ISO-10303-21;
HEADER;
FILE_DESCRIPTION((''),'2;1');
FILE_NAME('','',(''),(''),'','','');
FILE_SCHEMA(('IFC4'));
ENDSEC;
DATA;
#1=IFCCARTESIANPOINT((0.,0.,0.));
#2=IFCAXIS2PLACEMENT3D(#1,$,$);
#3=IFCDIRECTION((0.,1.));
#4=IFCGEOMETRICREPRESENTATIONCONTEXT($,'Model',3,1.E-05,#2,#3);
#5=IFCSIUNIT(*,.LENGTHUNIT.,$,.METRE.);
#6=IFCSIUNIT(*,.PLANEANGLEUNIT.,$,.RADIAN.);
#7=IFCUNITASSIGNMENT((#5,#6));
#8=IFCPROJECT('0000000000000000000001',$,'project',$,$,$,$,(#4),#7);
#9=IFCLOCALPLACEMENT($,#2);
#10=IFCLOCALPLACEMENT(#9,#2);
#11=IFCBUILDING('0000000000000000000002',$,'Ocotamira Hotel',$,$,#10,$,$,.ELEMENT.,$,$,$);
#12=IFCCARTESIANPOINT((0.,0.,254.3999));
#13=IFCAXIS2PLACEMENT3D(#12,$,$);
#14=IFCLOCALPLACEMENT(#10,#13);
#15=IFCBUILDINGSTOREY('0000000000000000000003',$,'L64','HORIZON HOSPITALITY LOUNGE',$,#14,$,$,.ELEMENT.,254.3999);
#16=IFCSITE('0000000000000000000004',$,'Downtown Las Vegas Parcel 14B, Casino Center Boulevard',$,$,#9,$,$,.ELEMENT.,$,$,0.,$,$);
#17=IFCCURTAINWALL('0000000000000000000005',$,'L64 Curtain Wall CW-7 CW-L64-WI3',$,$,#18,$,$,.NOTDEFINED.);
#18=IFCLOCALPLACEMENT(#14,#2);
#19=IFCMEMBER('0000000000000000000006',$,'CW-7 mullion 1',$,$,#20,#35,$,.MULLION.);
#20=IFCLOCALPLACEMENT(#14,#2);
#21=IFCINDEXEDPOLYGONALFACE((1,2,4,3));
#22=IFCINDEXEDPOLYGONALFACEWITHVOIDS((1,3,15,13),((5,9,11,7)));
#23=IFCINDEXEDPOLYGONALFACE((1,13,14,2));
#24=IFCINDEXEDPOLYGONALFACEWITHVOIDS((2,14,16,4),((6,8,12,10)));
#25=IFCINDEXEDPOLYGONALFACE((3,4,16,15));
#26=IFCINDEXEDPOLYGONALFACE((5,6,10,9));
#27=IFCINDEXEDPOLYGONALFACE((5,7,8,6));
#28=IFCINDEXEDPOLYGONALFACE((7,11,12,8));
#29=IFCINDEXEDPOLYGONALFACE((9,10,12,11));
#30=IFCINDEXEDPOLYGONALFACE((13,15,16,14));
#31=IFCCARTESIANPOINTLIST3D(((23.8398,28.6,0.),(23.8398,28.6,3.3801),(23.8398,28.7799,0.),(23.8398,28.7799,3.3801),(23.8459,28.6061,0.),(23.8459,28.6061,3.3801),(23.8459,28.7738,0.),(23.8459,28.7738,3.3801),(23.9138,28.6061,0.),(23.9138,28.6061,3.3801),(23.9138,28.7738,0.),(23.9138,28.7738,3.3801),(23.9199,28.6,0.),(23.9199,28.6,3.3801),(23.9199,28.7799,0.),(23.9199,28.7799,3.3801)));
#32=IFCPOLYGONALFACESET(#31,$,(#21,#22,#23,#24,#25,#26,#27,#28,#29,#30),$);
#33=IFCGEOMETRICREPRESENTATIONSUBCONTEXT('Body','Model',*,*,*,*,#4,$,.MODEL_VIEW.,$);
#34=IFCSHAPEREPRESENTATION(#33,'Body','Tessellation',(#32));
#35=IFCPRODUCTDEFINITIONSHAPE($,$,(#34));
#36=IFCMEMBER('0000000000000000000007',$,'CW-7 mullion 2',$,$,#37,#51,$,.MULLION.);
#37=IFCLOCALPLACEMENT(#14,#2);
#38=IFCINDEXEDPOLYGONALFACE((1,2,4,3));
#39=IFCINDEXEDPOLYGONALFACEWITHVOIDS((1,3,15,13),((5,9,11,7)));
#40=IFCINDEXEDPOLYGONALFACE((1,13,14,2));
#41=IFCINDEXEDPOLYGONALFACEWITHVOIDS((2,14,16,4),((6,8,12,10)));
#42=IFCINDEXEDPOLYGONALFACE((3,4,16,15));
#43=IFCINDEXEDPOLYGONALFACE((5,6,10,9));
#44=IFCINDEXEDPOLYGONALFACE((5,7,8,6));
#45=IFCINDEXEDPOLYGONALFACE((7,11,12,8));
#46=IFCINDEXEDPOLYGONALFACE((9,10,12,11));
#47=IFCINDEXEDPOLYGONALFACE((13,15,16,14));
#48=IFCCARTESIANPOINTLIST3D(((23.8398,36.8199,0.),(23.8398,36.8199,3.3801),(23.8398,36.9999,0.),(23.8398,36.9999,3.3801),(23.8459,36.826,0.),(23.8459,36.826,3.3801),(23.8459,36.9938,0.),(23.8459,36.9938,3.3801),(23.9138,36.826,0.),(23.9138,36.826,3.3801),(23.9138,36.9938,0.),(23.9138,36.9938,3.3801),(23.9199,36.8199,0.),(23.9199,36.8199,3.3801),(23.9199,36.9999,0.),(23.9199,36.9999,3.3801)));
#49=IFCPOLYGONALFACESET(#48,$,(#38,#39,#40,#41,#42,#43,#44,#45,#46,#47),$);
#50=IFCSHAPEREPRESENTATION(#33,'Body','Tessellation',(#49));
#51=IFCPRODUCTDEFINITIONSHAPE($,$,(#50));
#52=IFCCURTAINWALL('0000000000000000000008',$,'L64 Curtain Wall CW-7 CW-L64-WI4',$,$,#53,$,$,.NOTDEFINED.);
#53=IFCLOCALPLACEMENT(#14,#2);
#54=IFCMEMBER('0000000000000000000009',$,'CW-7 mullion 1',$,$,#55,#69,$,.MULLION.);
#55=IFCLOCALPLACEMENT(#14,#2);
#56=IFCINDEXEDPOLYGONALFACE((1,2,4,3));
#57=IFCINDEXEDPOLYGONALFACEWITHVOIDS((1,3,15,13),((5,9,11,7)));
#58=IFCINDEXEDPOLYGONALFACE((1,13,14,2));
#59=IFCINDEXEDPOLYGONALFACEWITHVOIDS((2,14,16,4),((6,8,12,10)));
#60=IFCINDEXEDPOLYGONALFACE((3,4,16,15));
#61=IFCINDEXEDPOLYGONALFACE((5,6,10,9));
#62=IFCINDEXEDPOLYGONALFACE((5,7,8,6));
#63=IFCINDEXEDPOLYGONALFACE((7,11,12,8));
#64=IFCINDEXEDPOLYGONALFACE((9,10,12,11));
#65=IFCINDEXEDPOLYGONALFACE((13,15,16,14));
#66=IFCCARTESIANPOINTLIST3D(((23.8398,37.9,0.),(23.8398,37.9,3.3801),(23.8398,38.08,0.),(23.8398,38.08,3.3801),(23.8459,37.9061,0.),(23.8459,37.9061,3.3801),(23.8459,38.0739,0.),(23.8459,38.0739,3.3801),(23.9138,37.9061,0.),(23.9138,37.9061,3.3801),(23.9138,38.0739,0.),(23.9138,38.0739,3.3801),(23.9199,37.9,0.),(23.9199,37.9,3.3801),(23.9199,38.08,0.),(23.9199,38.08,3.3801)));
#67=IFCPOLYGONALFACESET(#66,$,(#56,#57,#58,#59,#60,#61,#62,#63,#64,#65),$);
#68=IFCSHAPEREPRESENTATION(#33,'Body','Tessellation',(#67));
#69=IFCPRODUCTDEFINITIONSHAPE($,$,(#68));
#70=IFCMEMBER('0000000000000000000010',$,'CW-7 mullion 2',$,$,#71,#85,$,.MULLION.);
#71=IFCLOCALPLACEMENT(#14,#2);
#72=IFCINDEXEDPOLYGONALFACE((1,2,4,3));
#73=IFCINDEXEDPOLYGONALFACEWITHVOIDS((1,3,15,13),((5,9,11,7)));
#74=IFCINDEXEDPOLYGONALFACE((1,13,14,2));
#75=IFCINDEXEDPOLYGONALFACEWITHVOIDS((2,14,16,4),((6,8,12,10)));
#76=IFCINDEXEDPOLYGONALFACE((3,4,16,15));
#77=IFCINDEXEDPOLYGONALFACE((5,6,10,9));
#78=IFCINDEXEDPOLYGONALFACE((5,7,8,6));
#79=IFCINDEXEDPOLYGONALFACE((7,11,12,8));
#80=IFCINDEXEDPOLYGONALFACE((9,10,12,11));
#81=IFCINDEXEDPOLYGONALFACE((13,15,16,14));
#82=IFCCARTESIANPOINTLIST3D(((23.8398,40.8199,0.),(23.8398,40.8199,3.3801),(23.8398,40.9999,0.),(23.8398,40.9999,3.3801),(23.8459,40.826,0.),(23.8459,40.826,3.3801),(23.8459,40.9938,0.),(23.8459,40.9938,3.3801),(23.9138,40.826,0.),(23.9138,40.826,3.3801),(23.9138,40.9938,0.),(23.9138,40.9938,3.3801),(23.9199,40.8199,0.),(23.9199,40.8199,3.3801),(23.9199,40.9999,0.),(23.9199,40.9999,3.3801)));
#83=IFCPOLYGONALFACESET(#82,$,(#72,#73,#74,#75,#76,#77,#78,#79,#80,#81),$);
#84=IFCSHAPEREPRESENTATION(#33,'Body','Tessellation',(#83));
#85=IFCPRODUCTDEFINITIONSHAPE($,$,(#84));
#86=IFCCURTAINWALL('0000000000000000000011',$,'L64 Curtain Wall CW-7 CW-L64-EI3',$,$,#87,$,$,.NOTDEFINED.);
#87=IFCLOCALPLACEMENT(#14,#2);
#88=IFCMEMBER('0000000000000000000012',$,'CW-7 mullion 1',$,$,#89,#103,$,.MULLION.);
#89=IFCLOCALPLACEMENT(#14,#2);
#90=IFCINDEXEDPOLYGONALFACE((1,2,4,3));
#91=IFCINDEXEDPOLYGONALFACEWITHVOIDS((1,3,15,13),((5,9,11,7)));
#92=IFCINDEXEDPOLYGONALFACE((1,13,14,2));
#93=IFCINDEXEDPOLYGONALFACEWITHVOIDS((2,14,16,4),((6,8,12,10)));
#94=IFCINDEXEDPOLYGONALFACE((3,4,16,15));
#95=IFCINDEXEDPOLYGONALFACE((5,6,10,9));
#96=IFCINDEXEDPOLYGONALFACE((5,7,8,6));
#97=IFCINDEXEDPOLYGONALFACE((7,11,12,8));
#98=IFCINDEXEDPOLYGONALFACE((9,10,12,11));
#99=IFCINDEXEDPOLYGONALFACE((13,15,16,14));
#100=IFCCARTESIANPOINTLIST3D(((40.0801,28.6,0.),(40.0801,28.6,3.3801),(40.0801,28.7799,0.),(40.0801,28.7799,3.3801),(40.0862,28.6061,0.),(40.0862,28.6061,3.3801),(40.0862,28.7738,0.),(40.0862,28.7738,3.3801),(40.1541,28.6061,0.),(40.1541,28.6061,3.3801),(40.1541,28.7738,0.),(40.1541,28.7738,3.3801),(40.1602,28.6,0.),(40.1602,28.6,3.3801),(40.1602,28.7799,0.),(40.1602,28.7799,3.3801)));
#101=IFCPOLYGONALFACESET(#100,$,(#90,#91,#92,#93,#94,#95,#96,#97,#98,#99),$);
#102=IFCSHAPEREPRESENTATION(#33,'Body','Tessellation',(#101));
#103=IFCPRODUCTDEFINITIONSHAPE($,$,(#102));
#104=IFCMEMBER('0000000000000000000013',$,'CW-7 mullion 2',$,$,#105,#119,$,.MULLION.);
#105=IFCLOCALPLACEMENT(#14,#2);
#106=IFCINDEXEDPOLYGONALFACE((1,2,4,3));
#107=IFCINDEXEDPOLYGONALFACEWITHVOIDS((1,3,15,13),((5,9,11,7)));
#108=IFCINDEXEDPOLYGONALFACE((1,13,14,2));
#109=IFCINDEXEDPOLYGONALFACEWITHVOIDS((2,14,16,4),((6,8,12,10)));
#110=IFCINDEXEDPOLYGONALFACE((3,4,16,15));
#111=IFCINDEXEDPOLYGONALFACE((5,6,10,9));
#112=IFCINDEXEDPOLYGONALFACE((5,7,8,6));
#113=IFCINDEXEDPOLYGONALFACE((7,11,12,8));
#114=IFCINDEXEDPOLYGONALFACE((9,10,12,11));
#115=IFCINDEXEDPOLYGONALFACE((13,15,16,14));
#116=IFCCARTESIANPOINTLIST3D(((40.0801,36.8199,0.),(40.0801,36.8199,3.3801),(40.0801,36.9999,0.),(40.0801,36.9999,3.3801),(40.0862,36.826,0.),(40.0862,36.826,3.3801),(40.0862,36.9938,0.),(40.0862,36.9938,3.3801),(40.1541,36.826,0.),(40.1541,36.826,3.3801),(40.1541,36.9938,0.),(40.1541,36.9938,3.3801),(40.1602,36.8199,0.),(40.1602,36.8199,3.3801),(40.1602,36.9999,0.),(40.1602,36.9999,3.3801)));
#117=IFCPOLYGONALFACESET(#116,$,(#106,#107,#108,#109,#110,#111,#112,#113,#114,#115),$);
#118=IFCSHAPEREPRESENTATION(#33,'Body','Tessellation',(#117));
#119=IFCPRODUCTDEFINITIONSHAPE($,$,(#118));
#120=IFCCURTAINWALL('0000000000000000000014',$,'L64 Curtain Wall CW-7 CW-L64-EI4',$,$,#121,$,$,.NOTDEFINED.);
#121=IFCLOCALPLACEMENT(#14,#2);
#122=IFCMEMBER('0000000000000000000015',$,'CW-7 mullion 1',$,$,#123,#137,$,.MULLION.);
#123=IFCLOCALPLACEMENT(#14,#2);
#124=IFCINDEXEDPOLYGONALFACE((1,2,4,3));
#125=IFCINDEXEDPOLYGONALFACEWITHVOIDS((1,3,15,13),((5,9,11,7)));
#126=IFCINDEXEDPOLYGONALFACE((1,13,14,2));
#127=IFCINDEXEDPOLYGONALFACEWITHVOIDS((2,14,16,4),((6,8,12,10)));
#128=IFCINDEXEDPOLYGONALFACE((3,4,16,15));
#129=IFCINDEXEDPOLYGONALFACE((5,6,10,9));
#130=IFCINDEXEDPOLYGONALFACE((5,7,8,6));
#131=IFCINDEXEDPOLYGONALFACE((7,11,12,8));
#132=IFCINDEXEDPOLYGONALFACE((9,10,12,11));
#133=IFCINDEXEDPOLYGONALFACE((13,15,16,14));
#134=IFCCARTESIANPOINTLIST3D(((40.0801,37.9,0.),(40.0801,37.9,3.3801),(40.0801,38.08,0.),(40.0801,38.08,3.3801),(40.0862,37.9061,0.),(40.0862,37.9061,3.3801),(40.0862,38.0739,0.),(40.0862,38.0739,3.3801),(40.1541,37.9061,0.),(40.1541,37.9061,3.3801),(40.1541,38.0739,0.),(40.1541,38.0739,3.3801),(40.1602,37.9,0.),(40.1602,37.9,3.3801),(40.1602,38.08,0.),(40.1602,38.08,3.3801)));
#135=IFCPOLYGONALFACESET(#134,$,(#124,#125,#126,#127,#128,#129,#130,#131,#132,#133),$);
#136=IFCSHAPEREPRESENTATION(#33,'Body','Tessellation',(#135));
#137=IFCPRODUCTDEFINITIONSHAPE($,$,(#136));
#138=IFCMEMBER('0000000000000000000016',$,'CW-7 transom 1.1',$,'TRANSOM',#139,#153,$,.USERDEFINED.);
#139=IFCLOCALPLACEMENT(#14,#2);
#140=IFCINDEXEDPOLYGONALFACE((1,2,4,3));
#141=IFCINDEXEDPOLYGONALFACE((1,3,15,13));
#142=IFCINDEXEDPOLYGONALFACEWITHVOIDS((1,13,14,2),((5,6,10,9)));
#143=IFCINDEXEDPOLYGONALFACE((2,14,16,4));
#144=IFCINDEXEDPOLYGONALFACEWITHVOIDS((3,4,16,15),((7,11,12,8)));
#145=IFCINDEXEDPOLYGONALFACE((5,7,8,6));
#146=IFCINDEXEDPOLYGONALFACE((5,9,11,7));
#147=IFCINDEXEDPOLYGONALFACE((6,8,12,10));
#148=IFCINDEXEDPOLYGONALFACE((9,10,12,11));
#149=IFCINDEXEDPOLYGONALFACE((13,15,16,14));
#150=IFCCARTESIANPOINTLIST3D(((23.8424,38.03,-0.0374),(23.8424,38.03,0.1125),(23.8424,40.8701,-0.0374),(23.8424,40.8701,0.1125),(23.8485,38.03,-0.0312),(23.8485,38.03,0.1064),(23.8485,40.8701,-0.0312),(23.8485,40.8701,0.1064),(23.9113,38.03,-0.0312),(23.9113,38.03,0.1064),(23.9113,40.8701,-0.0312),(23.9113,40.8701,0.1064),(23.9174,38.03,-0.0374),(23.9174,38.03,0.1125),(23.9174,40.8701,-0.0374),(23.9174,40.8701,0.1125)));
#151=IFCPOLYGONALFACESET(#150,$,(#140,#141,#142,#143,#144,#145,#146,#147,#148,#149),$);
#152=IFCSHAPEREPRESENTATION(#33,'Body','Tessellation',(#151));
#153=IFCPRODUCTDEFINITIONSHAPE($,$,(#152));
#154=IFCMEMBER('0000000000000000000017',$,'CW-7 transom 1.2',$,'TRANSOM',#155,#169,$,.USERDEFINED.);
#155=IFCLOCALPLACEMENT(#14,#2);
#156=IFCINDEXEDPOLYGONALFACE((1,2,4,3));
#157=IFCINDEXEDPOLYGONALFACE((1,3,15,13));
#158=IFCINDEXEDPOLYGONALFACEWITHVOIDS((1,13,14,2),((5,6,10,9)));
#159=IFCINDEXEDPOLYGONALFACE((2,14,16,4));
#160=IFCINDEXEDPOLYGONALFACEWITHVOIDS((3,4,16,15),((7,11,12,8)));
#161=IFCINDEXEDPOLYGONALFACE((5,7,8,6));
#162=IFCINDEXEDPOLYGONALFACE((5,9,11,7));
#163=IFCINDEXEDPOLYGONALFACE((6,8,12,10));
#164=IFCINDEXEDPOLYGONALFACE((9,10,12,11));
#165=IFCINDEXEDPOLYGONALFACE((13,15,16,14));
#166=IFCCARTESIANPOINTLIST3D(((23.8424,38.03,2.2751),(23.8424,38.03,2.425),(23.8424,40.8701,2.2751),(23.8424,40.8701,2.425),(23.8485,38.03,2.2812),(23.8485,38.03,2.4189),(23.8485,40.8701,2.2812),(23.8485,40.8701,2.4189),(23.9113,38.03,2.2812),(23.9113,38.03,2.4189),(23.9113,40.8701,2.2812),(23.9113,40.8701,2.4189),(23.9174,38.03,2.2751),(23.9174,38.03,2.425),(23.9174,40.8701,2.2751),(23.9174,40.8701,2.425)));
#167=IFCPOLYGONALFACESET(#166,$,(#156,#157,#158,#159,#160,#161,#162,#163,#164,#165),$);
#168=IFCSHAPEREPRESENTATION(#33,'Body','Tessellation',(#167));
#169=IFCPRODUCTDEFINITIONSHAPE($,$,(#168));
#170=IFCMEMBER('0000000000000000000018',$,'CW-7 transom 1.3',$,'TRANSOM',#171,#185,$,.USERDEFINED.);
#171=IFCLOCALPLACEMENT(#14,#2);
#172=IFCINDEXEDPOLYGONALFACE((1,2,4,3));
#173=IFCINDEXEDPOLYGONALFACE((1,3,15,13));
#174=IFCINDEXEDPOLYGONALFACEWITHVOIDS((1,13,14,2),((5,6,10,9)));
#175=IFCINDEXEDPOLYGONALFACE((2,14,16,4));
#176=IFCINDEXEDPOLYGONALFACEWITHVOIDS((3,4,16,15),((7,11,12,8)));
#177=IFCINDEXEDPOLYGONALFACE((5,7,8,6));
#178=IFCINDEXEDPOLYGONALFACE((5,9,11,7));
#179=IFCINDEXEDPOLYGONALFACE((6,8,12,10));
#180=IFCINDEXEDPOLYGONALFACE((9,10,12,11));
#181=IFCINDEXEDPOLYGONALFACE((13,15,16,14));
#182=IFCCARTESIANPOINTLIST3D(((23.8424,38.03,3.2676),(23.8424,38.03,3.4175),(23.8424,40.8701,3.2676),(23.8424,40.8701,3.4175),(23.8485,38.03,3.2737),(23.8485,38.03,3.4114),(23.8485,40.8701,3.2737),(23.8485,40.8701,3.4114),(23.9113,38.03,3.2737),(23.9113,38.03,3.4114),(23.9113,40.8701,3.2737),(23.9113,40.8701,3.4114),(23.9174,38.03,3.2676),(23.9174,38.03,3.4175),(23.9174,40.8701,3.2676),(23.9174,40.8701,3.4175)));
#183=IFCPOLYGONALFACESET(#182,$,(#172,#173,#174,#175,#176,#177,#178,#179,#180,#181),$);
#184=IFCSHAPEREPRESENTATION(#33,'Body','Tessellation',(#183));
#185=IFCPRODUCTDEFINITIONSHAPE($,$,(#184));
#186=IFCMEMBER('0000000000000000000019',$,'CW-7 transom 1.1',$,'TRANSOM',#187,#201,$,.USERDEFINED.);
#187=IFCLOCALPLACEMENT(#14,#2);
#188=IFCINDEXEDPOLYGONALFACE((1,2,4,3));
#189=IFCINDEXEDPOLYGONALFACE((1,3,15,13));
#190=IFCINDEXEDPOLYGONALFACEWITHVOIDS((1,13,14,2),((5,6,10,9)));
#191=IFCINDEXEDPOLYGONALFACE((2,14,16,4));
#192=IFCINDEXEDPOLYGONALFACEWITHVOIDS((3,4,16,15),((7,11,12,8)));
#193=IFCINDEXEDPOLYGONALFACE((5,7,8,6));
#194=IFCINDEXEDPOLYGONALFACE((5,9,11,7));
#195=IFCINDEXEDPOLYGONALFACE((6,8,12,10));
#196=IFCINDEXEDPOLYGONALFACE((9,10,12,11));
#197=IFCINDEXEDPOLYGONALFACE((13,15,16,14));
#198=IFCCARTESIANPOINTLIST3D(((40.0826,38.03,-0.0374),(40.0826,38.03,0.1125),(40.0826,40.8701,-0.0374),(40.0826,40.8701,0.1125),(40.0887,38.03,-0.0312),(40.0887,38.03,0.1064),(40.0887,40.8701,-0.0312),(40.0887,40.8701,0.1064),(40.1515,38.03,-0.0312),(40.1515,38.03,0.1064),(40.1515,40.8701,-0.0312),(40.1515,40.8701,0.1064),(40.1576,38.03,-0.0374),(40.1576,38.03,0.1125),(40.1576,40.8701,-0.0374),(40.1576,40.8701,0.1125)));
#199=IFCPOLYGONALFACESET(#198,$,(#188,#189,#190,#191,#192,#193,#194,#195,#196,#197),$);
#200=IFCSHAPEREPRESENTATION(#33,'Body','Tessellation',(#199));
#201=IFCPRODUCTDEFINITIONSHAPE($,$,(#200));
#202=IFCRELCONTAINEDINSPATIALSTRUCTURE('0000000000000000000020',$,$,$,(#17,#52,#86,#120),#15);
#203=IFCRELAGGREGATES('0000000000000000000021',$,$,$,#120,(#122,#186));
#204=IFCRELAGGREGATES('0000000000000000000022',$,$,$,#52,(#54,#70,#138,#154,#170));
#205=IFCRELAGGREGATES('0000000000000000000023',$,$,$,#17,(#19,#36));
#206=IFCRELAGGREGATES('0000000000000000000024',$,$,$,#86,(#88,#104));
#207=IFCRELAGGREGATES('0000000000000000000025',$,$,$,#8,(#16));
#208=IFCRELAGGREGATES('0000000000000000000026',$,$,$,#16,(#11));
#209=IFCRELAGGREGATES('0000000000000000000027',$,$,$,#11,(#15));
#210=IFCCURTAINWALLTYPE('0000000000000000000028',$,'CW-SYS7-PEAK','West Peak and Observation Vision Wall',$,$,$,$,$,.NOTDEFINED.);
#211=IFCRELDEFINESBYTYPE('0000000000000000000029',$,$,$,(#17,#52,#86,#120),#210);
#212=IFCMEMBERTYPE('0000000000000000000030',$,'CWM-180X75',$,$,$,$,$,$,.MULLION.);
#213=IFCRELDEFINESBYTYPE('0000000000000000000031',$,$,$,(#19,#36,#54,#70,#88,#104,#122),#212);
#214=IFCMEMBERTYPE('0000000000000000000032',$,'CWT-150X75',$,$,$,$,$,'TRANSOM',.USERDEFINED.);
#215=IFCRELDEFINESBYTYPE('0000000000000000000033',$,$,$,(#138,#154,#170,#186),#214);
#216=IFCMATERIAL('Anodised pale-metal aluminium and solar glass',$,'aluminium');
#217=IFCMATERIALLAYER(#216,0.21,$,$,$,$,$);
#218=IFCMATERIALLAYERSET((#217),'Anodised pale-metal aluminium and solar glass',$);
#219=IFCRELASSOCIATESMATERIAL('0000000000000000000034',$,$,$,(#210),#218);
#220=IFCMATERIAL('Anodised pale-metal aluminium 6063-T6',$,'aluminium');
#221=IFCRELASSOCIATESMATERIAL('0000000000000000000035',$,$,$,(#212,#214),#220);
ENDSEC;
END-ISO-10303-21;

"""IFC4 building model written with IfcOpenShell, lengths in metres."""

from ifc_helpers import new_model, si_unit, direction, frame, origin, origin_2d, place, context, subcontext, project, spatial, hollow_rectangle, extrude, source, transform, mapped, material, layer, layer_set, material_profile, profile_set, type_object, element, aggregate, save


model = new_model("IFC4")

# Units and contexts
model_context = context("Model", 3, precision=1e-05, world=origin(), true_north=direction((0.0, 1.0)))
body_context = subcontext(model_context, "Body", "Model", "MODEL_VIEW")
ifc_project = project(units=[si_unit("LENGTHUNIT", "METRE"), si_unit("PLANEANGLEUNIT", "RADIAN")], contexts=[model_context])

# Site, building, storey
site_placement = place(None, origin())
site = spatial("IfcSite", under=ifc_project, at=site_placement, Name="Downtown Las Vegas Parcel 14B, Casino Center Boulevard", CompositionType="ELEMENT", RefElevation=0.0)
building_placement = place(site_placement, origin())
building = spatial("IfcBuilding", under=site, at=building_placement, Name="Ocotamira Hotel", CompositionType="ELEMENT")
storey_placement = place(building_placement, frame((0.0, 0.0, 254.3999)))
storey = spatial("IfcBuildingStorey", under=building, at=storey_placement, Name="L64", Description="HORIZON HOSPITALITY LOUNGE", CompositionType="ELEMENT", Elevation=254.3999)

# Curtain walls, members
ifc_material_1 = material(Name="Anodised pale-metal aluminium and solar glass", Category="aluminium")
ifc_layer_1 = layer(ifc_material_1, 0.21)
ifc_layer_set_1 = layer_set([ifc_layer_1], Name="Anodised pale-metal aluminium and solar glass")
curtain_wall_type = type_object("IfcCurtainWallType", Name="CW-SYS7-PEAK", Description="West Peak and Observation Vision Wall", PredefinedType="NOTDEFINED", material=ifc_layer_set_1)
curtain_wall_1_placement = place(storey_placement, origin())
curtain_wall_1 = element("IfcCurtainWall", 1, at=curtain_wall_1_placement, inside=storey, type_object=curtain_wall_type, Name="L64 Curtain Wall CW-7 CW-L64-WI3", PredefinedType="NOTDEFINED")
ifc_material_2 = material(Name="Anodised pale-metal aluminium 6063-T6", Category="aluminium")
ifc_material_profile_1 = material_profile(ifc_material_2, hollow_rectangle(XDim=0.0801, YDim=0.1799, WallThickness=0.0061, at=origin_2d()), Name="HSS180X80X6")
ifc_profile_set_1 = profile_set([ifc_material_profile_1], Name="Anodised pale-metal aluminium 6063-T6")
member_type_1 = type_object("IfcMemberType", Name="CWM-180X75", PredefinedType="MULLION", material=ifc_profile_set_1)
shared_shape_1 = source(origin(), body_context, "Body", "SweptSolid", [
    extrude(hollow_rectangle(XDim=0.0801, YDim=0.1799, WallThickness=0.0061, at=origin_2d()), origin(), (0.0, 0.0, 1.0), 3.3801),
])
member_1_placement = place(storey_placement, frame((23.8799, 28.6899, 0.0), z_axis=(0.0, 0.0, 1.0), x_axis=(-1.0, 0.0, 0.0)))
member_1 = element("IfcMember", 2, at=member_1_placement, type_object=member_type_1, Name="CW-7 mullion 1", PredefinedType="MULLION", context=body_context, shape_type="MappedRepresentation", body=[
    mapped(shared_shape_1, transform((0.0, 0.0, 0.0), scale=1.0)),
])
member_2_placement = place(storey_placement, frame((23.8799, 36.9099, 0.0), z_axis=(0.0, 0.0, 1.0), x_axis=(-1.0, 0.0, 0.0)))
member_2 = element("IfcMember", 3, at=member_2_placement, type_object=member_type_1, Name="CW-7 mullion 2", PredefinedType="MULLION", context=body_context, shape_type="MappedRepresentation", body=[
    mapped(shared_shape_1, transform((0.0, 0.0, 0.0), scale=1.0)),
])
curtain_wall_2_placement = place(storey_placement, origin())
curtain_wall_2 = element("IfcCurtainWall", 4, at=curtain_wall_2_placement, inside=storey, type_object=curtain_wall_type, Name="L64 Curtain Wall CW-7 CW-L64-WI4", PredefinedType="NOTDEFINED")
member_3_placement = place(storey_placement, frame((23.8799, 37.99, 0.0), z_axis=(0.0, 0.0, 1.0), x_axis=(-1.0, 0.0, 0.0)))
member_3 = element("IfcMember", 5, at=member_3_placement, type_object=member_type_1, Name="CW-7 mullion 1", PredefinedType="MULLION", context=body_context, shape_type="MappedRepresentation", body=[
    mapped(shared_shape_1, transform((0.0, 0.0, 0.0), scale=1.0)),
])
member_4_placement = place(storey_placement, frame((23.8799, 40.9099, 0.0), z_axis=(0.0, 0.0, 1.0), x_axis=(-1.0, 0.0, 0.0)))
member_4 = element("IfcMember", 6, at=member_4_placement, type_object=member_type_1, Name="CW-7 mullion 2", PredefinedType="MULLION", context=body_context, shape_type="MappedRepresentation", body=[
    mapped(shared_shape_1, transform((0.0, 0.0, 0.0), scale=1.0)),
])
curtain_wall_3_placement = place(storey_placement, origin())
curtain_wall_3 = element("IfcCurtainWall", 7, at=curtain_wall_3_placement, inside=storey, type_object=curtain_wall_type, Name="L64 Curtain Wall CW-7 CW-L64-EI3", PredefinedType="NOTDEFINED")
member_5_placement = place(storey_placement, frame((40.1201, 28.6899, 0.0), z_axis=(0.0, 0.0, 1.0), x_axis=(-1.0, 0.0, 0.0)))
member_5 = element("IfcMember", 8, at=member_5_placement, type_object=member_type_1, Name="CW-7 mullion 1", PredefinedType="MULLION", context=body_context, shape_type="MappedRepresentation", body=[
    mapped(shared_shape_1, transform((0.0, 0.0, 0.0), scale=1.0)),
])
member_6_placement = place(storey_placement, frame((40.1201, 36.9099, 0.0), z_axis=(0.0, 0.0, 1.0), x_axis=(-1.0, 0.0, 0.0)))
member_6 = element("IfcMember", 9, at=member_6_placement, type_object=member_type_1, Name="CW-7 mullion 2", PredefinedType="MULLION", context=body_context, shape_type="MappedRepresentation", body=[
    mapped(shared_shape_1, transform((0.0, 0.0, 0.0), scale=1.0)),
])

# Curtain wall, member
curtain_wall_4_placement = place(storey_placement, origin())
curtain_wall_4 = element("IfcCurtainWall", 10, at=curtain_wall_4_placement, inside=storey, type_object=curtain_wall_type, Name="L64 Curtain Wall CW-7 CW-L64-EI4", PredefinedType="NOTDEFINED")
member_7_placement = place(storey_placement, frame((40.1201, 37.99, 0.0), z_axis=(0.0, 0.0, 1.0), x_axis=(-1.0, 0.0, 0.0)))
member_7 = element("IfcMember", 11, at=member_7_placement, type_object=member_type_1, Name="CW-7 mullion 1", PredefinedType="MULLION", context=body_context, shape_type="MappedRepresentation", body=[
    mapped(shared_shape_1, transform((0.0, 0.0, 0.0), scale=1.0)),
])

# Members
ifc_material_profile_2 = material_profile(ifc_material_2, hollow_rectangle(XDim=0.075, YDim=0.1499, WallThickness=0.0061, at=origin_2d()), Name="HSS150X75X6")
ifc_profile_set_2 = profile_set([ifc_material_profile_2], Name="Anodised pale-metal aluminium 6063-T6")
member_type_2 = type_object("IfcMemberType", Name="CWT-150X75", ElementType="TRANSOM", PredefinedType="USERDEFINED", material=ifc_profile_set_2)
shared_shape_2 = source(origin(), body_context, "Body", "SweptSolid", [
    extrude(hollow_rectangle(XDim=0.075, YDim=0.1499, WallThickness=0.0061, at=origin_2d()), origin(), (0.0, 0.0, 1.0), 2.8401),
])
member_8_placement = place(storey_placement, frame((23.8799, 38.03, 0.0376), z_axis=(0.0, 1.0, 0.0), x_axis=(-1.0, 0.0, 0.0)))
member_8 = element("IfcMember", 12, at=member_8_placement, type_object=member_type_2, Name="CW-7 transom 1.1", ObjectType="TRANSOM", PredefinedType="USERDEFINED", context=body_context, shape_type="MappedRepresentation", body=[
    mapped(shared_shape_2, transform((0.0, 0.0, 0.0), scale=1.0)),
])
member_9_placement = place(storey_placement, frame((23.8799, 38.03, 2.3501), z_axis=(0.0, 1.0, 0.0), x_axis=(-1.0, 0.0, 0.0)))
member_9 = element("IfcMember", 13, at=member_9_placement, type_object=member_type_2, Name="CW-7 transom 1.2", ObjectType="TRANSOM", PredefinedType="USERDEFINED", context=body_context, shape_type="MappedRepresentation", body=[
    mapped(shared_shape_2, transform((0.0, 0.0, 0.0), scale=1.0)),
])
member_10_placement = place(storey_placement, frame((23.8799, 38.03, 3.3425), z_axis=(0.0, 1.0, 0.0), x_axis=(-1.0, 0.0, 0.0)))
member_10 = element("IfcMember", 14, at=member_10_placement, type_object=member_type_2, Name="CW-7 transom 1.3", ObjectType="TRANSOM", PredefinedType="USERDEFINED", context=body_context, shape_type="MappedRepresentation", body=[
    mapped(shared_shape_2, transform((0.0, 0.0, 0.0), scale=1.0)),
])
member_11_placement = place(storey_placement, frame((40.1201, 38.03, 0.0376), z_axis=(0.0, 1.0, 0.0), x_axis=(-1.0, 0.0, 0.0)))
member_11 = element("IfcMember", 15, at=member_11_placement, type_object=member_type_2, Name="CW-7 transom 1.1", ObjectType="TRANSOM", PredefinedType="USERDEFINED", context=body_context, shape_type="MappedRepresentation", body=[
    mapped(shared_shape_2, transform((0.0, 0.0, 0.0), scale=1.0)),
])
aggregate(curtain_wall_4, [member_7, member_11])

aggregate(curtain_wall_2, [member_3, member_4, member_8, member_9, member_10])
aggregate(curtain_wall_1, [member_1, member_2])
aggregate(curtain_wall_3, [member_5, member_6])

save(model, "model.ifc")
